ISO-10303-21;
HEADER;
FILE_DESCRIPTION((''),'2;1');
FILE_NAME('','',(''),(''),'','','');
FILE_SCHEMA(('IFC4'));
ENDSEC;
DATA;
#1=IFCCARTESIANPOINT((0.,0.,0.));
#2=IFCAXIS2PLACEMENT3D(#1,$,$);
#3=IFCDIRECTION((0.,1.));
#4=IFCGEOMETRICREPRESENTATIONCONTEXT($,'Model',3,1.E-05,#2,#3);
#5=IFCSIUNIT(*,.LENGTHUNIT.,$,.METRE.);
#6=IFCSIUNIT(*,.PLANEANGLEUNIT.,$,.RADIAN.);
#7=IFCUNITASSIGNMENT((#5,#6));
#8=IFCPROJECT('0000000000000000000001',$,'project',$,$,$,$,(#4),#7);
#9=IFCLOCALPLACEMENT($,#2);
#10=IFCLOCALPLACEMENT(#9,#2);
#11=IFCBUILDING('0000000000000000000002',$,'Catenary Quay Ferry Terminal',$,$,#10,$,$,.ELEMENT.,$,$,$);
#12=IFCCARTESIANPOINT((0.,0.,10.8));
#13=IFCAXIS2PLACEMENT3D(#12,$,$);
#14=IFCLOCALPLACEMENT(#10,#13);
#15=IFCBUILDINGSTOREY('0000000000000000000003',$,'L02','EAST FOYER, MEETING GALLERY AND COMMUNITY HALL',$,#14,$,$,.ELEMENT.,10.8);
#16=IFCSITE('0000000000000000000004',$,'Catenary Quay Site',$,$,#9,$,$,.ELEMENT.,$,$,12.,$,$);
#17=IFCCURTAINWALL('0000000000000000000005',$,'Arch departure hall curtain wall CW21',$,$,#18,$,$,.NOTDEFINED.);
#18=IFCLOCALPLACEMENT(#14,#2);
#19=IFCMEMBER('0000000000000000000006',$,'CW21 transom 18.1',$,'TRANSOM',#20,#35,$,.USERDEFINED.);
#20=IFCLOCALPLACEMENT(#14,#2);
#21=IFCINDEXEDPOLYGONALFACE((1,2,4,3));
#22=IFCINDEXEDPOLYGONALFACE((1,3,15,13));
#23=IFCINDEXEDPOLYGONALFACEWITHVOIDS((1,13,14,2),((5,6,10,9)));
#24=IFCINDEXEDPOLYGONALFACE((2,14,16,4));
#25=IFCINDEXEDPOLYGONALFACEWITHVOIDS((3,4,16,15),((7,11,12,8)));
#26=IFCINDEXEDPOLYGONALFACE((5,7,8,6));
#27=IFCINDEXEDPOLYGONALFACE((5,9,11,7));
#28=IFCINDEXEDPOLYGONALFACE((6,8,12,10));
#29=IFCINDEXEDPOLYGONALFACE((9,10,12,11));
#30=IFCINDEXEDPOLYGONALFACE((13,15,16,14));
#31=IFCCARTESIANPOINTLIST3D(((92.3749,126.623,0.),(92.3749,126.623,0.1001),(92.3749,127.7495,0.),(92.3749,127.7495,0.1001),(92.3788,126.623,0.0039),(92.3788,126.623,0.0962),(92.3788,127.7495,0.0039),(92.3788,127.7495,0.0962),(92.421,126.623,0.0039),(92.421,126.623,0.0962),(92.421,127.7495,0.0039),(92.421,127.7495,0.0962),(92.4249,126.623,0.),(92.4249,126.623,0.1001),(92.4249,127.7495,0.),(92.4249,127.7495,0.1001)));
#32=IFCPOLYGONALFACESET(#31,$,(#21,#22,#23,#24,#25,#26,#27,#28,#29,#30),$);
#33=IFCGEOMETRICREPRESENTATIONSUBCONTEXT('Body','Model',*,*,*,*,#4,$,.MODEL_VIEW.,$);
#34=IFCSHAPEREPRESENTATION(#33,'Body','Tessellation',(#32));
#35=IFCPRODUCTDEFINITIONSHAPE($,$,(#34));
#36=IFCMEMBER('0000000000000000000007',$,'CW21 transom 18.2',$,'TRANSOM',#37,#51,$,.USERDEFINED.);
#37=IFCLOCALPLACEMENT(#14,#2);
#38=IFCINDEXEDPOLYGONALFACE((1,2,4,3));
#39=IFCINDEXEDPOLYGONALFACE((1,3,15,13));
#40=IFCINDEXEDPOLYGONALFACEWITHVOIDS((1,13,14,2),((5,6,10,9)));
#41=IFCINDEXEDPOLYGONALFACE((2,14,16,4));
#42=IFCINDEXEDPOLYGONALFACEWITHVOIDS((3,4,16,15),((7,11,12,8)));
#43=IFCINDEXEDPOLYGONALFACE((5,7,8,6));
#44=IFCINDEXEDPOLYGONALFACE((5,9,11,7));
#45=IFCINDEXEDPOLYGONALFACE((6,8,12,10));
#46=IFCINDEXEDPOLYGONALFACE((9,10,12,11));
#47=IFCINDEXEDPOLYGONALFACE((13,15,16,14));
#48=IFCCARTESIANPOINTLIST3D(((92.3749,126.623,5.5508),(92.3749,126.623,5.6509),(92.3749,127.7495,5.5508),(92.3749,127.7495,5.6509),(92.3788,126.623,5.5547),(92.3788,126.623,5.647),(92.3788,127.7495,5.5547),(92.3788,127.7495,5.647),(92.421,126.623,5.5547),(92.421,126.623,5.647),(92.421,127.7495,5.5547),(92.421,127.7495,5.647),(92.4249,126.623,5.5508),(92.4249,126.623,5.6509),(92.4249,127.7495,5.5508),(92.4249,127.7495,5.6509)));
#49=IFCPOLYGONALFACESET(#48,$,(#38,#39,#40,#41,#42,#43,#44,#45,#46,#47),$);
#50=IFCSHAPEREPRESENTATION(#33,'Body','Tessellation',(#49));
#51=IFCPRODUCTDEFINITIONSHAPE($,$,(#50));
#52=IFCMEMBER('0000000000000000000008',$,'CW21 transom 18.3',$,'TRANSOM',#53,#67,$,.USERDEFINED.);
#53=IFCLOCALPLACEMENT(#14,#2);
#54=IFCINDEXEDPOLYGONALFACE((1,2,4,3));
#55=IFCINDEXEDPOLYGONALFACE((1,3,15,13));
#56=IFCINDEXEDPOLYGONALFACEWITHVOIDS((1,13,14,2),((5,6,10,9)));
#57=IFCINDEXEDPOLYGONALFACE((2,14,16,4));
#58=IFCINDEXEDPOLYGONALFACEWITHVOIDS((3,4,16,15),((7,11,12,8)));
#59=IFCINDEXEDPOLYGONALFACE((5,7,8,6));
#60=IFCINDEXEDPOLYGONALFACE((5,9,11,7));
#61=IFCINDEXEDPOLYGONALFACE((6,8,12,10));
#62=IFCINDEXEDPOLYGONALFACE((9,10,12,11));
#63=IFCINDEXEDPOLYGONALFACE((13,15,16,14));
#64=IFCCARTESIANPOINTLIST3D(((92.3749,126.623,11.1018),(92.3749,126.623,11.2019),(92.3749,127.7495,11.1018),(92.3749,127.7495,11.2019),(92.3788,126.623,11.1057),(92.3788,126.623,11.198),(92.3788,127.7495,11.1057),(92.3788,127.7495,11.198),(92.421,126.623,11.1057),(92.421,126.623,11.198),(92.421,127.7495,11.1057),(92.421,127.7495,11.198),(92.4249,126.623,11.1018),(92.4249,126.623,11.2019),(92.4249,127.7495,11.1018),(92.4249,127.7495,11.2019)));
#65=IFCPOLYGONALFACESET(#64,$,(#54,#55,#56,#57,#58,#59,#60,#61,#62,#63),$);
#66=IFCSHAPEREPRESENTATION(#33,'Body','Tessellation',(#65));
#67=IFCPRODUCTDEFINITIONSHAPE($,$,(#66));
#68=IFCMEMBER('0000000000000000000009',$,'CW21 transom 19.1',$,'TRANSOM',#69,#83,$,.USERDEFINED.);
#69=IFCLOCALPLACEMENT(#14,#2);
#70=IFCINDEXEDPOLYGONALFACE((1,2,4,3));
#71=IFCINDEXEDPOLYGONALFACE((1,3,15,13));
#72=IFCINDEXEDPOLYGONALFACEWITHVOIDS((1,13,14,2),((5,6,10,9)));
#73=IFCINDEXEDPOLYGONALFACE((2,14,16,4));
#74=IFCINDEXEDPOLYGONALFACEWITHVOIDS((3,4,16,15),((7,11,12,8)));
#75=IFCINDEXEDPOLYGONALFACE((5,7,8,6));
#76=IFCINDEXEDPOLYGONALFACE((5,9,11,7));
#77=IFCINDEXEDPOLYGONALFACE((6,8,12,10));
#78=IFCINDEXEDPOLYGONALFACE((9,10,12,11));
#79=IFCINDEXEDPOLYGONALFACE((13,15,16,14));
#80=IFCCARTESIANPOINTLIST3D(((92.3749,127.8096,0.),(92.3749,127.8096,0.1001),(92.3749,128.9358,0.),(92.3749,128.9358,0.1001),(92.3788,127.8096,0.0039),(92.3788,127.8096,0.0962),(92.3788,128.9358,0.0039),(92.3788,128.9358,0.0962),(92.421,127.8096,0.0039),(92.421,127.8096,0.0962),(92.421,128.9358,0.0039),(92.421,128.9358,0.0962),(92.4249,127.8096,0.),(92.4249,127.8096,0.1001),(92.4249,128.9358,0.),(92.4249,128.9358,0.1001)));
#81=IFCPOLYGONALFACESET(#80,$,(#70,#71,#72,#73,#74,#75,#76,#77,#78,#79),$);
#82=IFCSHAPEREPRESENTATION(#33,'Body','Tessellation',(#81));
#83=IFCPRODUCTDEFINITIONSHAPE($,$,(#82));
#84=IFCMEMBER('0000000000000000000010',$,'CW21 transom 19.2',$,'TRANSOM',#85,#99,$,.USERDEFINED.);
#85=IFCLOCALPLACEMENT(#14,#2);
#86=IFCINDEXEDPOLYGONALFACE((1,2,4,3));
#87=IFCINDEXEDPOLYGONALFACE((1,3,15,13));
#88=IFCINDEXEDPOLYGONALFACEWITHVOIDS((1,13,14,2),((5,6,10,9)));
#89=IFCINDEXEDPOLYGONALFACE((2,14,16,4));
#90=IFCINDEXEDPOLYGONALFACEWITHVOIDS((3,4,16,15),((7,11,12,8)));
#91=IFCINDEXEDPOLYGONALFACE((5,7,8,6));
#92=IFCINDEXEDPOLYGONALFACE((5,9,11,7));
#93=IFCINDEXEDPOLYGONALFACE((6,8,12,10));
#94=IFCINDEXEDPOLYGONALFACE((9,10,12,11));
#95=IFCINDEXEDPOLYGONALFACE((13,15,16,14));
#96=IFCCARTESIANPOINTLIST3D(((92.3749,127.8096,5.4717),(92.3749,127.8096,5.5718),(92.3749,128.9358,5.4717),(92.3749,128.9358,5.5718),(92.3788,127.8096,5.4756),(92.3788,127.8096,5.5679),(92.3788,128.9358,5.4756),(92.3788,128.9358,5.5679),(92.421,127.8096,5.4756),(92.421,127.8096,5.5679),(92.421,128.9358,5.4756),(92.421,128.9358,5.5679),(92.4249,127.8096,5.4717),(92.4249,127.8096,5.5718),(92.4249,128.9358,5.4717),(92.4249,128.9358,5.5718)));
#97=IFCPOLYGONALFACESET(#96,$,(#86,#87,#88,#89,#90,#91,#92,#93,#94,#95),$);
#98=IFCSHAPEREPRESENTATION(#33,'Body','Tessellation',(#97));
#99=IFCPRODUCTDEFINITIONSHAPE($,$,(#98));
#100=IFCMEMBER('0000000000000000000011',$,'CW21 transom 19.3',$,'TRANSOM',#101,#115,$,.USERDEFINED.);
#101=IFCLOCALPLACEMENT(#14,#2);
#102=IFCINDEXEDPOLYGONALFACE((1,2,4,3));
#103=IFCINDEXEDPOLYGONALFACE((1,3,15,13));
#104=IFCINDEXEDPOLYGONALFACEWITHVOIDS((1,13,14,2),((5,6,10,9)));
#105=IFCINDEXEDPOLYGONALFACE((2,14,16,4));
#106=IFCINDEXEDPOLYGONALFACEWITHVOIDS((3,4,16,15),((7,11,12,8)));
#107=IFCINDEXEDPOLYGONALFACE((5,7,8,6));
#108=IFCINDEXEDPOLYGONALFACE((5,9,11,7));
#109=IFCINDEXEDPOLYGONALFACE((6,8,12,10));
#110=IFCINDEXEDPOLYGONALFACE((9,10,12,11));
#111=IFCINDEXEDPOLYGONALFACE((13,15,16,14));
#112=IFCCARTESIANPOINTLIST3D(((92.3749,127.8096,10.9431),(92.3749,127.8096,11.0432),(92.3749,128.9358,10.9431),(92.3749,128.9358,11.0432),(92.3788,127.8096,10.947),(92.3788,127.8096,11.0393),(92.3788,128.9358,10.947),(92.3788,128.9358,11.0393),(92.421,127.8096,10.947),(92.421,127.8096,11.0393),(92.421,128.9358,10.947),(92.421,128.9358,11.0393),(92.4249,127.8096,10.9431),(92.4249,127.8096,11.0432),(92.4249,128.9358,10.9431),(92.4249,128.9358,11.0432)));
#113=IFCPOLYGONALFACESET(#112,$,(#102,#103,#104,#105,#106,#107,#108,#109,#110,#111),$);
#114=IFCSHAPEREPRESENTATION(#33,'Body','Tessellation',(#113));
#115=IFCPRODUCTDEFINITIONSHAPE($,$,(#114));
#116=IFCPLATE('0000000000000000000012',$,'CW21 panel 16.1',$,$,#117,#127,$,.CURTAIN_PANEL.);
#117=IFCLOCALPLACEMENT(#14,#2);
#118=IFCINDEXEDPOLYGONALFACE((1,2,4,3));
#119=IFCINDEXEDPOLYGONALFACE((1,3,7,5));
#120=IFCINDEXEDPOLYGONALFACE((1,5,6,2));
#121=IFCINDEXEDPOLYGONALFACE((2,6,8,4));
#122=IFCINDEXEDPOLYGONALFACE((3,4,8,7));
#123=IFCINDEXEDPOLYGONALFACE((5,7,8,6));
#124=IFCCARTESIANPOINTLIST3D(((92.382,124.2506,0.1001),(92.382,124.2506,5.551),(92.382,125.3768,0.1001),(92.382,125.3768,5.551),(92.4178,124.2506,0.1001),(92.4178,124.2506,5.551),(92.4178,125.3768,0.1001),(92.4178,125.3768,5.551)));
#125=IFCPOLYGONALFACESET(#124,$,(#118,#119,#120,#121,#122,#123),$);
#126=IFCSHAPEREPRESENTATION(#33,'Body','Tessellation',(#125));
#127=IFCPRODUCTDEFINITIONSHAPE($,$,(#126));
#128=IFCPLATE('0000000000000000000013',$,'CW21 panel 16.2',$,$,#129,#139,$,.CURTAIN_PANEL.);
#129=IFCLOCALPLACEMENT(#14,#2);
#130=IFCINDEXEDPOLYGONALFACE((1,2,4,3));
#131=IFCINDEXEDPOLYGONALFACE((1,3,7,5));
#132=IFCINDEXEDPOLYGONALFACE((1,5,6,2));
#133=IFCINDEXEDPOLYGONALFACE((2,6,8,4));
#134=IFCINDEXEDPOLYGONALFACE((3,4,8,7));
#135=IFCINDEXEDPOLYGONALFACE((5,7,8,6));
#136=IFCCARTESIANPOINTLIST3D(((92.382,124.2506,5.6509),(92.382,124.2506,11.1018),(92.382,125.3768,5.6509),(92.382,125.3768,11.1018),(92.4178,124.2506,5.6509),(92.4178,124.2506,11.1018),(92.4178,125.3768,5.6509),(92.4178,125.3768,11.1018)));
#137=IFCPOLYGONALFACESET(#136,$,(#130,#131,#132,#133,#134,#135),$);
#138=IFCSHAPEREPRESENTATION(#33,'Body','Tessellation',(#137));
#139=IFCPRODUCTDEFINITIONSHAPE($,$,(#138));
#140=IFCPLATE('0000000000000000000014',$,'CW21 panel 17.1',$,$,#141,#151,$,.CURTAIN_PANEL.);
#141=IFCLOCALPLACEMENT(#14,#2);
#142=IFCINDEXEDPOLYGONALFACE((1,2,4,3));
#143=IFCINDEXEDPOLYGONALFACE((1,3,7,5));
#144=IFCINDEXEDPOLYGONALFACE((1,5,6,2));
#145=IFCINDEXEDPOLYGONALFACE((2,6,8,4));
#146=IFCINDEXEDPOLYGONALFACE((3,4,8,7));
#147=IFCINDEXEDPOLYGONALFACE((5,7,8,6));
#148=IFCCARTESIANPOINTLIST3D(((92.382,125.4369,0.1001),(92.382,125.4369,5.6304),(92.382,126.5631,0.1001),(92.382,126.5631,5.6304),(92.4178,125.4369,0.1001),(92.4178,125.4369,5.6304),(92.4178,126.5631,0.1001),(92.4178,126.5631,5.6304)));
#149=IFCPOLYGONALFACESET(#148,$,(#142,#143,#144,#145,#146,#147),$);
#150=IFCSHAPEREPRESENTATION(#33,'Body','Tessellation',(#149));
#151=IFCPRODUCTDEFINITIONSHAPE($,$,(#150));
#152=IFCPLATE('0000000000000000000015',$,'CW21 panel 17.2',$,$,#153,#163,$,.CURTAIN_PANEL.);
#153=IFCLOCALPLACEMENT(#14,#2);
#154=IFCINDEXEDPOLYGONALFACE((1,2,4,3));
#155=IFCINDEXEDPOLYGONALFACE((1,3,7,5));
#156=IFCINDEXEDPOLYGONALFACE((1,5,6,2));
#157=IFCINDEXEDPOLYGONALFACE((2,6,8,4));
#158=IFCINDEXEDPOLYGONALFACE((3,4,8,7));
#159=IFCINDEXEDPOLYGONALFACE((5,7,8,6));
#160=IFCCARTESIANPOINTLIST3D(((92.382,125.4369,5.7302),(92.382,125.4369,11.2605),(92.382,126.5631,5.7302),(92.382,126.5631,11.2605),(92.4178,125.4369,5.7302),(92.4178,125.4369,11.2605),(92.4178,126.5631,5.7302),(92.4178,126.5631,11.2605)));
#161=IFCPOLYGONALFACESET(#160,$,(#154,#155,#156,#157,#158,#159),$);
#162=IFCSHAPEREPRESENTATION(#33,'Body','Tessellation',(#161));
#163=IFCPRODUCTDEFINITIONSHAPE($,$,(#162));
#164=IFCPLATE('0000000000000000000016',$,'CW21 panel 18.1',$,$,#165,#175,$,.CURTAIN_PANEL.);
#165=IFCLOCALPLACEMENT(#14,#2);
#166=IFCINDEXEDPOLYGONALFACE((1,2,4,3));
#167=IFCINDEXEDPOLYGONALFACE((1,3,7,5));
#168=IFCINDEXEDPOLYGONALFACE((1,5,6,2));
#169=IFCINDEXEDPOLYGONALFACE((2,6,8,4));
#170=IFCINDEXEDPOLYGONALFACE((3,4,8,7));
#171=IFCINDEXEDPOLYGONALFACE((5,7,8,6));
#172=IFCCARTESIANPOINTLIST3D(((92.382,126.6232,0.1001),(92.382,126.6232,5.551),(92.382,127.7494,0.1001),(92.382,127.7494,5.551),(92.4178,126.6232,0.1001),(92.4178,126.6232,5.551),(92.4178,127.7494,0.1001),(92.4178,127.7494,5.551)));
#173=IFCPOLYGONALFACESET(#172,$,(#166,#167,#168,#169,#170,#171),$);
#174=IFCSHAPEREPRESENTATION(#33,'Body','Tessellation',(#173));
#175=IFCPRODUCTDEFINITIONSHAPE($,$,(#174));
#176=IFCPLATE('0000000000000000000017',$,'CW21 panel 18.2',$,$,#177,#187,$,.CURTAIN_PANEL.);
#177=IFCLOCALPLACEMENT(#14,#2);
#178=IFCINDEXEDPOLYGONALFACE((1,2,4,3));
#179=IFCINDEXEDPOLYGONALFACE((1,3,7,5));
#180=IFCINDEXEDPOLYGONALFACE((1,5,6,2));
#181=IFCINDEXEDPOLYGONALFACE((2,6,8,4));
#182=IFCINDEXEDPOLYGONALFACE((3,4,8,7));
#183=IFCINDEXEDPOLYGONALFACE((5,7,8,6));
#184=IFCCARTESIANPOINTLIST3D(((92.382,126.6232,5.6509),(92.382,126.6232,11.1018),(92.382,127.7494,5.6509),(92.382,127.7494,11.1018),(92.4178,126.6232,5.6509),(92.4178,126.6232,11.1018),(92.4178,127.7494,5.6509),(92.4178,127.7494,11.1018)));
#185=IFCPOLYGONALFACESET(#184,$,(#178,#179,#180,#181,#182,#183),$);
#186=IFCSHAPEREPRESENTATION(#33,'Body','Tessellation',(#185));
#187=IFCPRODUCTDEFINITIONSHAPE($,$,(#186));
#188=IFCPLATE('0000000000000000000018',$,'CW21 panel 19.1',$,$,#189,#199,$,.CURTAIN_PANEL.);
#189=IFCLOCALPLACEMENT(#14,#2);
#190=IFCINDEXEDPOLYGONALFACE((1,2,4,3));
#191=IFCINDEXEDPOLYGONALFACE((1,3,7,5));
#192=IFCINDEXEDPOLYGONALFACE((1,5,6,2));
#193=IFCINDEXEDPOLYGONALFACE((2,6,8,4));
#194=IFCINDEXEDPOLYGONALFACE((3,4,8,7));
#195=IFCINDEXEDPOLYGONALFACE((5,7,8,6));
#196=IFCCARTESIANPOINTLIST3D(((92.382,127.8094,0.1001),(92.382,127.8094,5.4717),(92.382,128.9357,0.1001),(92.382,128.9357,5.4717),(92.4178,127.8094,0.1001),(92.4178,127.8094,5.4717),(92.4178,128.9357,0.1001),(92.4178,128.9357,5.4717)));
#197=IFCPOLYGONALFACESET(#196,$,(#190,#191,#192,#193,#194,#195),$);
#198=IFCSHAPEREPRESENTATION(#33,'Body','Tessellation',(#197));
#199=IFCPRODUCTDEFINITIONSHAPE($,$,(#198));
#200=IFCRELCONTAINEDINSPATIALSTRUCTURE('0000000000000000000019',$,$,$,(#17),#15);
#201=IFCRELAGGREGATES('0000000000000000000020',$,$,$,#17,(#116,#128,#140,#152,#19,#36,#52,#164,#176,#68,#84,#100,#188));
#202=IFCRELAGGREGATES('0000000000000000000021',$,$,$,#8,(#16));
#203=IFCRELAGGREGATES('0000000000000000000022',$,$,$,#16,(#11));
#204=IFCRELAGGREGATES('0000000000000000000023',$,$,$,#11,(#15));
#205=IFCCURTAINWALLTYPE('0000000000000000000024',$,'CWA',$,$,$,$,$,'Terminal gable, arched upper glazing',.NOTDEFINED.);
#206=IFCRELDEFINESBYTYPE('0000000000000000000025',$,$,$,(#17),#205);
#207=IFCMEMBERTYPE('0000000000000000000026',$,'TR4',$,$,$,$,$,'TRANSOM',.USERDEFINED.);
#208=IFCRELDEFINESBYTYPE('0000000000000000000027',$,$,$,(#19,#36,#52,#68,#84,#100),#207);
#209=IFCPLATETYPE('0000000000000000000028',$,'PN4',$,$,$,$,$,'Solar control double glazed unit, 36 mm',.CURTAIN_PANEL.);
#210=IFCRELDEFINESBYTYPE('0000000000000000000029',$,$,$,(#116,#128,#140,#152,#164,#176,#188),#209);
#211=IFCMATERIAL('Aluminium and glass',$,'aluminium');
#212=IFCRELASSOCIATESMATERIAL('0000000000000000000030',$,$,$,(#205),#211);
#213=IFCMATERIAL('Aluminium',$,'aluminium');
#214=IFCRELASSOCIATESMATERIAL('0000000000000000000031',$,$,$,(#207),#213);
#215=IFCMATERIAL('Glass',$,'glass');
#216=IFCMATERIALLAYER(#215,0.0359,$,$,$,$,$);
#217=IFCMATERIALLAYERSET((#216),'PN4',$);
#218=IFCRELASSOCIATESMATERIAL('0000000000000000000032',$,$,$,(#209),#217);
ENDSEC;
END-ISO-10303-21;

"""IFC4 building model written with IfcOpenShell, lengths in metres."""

from ifc_helpers import new_model, si_unit, direction, frame, origin, origin_2d, place, context, subcontext, project, spatial, rectangle, hollow_rectangle, extrude, material, layer, layer_set, material_profile, profile_set, type_object, element, aggregate, save


model = new_model("IFC4")

# Units and contexts
model_context = context("Model", 3, precision=1e-05, world=origin(), true_north=direction((0.0, 1.0)))
body_context = subcontext(model_context, "Body", "Model", "MODEL_VIEW")
ifc_project = project(units=[si_unit("LENGTHUNIT", "METRE"), si_unit("PLANEANGLEUNIT", "RADIAN")], contexts=[model_context])

# Site, building, storey
site_placement = place(None, origin())
site = spatial("IfcSite", under=ifc_project, at=site_placement, Name="Catenary Quay Site", CompositionType="ELEMENT", RefElevation=12.0)
building_placement = place(site_placement, origin())
building = spatial("IfcBuilding", under=site, at=building_placement, Name="Catenary Quay Ferry Terminal", CompositionType="ELEMENT")
storey_placement = place(building_placement, frame((0.0, 0.0, 10.8)))
storey = spatial("IfcBuildingStorey", under=building, at=storey_placement, Name="L02", Description="EAST FOYER, MEETING GALLERY AND COMMUNITY HALL", CompositionType="ELEMENT", Elevation=10.8)

# Curtain wall, members, plates
ifc_material_1 = material(Name="Aluminium and glass", Category="aluminium")
curtain_wall_type = type_object("IfcCurtainWallType", Name="CWA", ElementType="Terminal gable, arched upper glazing", PredefinedType="NOTDEFINED", material=ifc_material_1)
curtain_wall_placement = place(storey_placement, origin())
curtain_wall = element("IfcCurtainWall", 1, at=curtain_wall_placement, inside=storey, type_object=curtain_wall_type, Name="Arch departure hall curtain wall CW21", PredefinedType="NOTDEFINED")
ifc_material_2 = material(Name="Aluminium", Category="aluminium")
ifc_material_profile_1 = material_profile(ifc_material_2, hollow_rectangle(XDim=0.05, YDim=0.1001, WallThickness=0.0039, at=origin_2d()), Name="TR4")
ifc_profile_set_1 = profile_set([ifc_material_profile_1], Name="Aluminium")
member_type_1 = type_object("IfcMemberType", Name="TR4", ElementType="TRANSOM", PredefinedType="USERDEFINED", material=ifc_profile_set_1)
member_1_placement = place(storey_placement, frame((92.3999, 126.623, 0.05), z_axis=(0.0, 1.0, 0.0), x_axis=(-1.0, 0.0, 0.0)))
member_1 = element("IfcMember", 2, at=member_1_placement, type_object=member_type_1, Name="CW21 transom 18.1", ObjectType="TRANSOM", PredefinedType="USERDEFINED", context=body_context, shape_type="SweptSolid", body=[
    extrude(hollow_rectangle(XDim=0.05, YDim=0.1001, WallThickness=0.0039, at=origin_2d()), origin(), (0.0, 0.0, 1.0), 1.1265),
])
member_2_placement = place(storey_placement, frame((92.3999, 126.623, 5.6008), z_axis=(0.0, 1.0, 0.0), x_axis=(-1.0, 0.0, 0.0)))
member_2 = element("IfcMember", 3, at=member_2_placement, type_object=member_type_1, Name="CW21 transom 18.2", ObjectType="TRANSOM", PredefinedType="USERDEFINED", context=body_context, shape_type="SweptSolid", body=[
    extrude(hollow_rectangle(XDim=0.05, YDim=0.1001, WallThickness=0.0039, at=origin_2d()), origin(), (0.0, 0.0, 1.0), 1.1265),
])
member_3_placement = place(storey_placement, frame((92.3999, 126.623, 11.1519), z_axis=(0.0, 1.0, 0.0), x_axis=(-1.0, 0.0, 0.0)))
member_3 = element("IfcMember", 4, at=member_3_placement, type_object=member_type_1, Name="CW21 transom 18.3", ObjectType="TRANSOM", PredefinedType="USERDEFINED", context=body_context, shape_type="SweptSolid", body=[
    extrude(hollow_rectangle(XDim=0.05, YDim=0.1001, WallThickness=0.0039, at=origin_2d()), origin(), (0.0, 0.0, 1.0), 1.1265),
])
member_4_placement = place(storey_placement, frame((92.3999, 127.8096, 0.05), z_axis=(0.0, 1.0, 0.0), x_axis=(-1.0, 0.0, 0.0)))
member_4 = element("IfcMember", 5, at=member_4_placement, type_object=member_type_1, Name="CW21 transom 19.1", ObjectType="TRANSOM", PredefinedType="USERDEFINED", context=body_context, shape_type="SweptSolid", body=[
    extrude(hollow_rectangle(XDim=0.05, YDim=0.1001, WallThickness=0.0039, at=origin_2d()), origin(), (0.0, 0.0, 1.0), 1.1262),
])
member_5_placement = place(storey_placement, frame((92.3999, 127.8096, 5.5217), z_axis=(0.0, 1.0, 0.0), x_axis=(-1.0, 0.0, 0.0)))
member_5 = element("IfcMember", 6, at=member_5_placement, type_object=member_type_1, Name="CW21 transom 19.2", ObjectType="TRANSOM", PredefinedType="USERDEFINED", context=body_context, shape_type="SweptSolid", body=[
    extrude(hollow_rectangle(XDim=0.05, YDim=0.1001, WallThickness=0.0039, at=origin_2d()), origin(), (0.0, 0.0, 1.0), 1.1262),
])
member_6_placement = place(storey_placement, frame((92.3999, 127.8096, 10.9932), z_axis=(0.0, 1.0, 0.0), x_axis=(-1.0, 0.0, 0.0)))
member_6 = element("IfcMember", 7, at=member_6_placement, type_object=member_type_1, Name="CW21 transom 19.3", ObjectType="TRANSOM", PredefinedType="USERDEFINED", context=body_context, shape_type="SweptSolid", body=[
    extrude(hollow_rectangle(XDim=0.05, YDim=0.1001, WallThickness=0.0039, at=origin_2d()), origin(), (0.0, 0.0, 1.0), 1.1262),
])
ifc_material_3 = material(Name="Glass", Category="glass")
ifc_layer_1 = layer(ifc_material_3, 0.0359)
ifc_layer_set_1 = layer_set([ifc_layer_1], Name="PN4")
plate_type_1 = type_object("IfcPlateType", Name="PN4", ElementType="Solar control double glazed unit, 36 mm", PredefinedType="CURTAIN_PANEL", material=ifc_layer_set_1)
plate_1_placement = place(storey_placement, frame((92.3999, 124.8137, 0.1001), z_axis=(0.0, 0.0, 1.0), x_axis=(0.0, 1.0, 0.0)))
plate_1 = element("IfcPlate", 8, at=plate_1_placement, type_object=plate_type_1, Name="CW21 panel 16.1", PredefinedType="CURTAIN_PANEL", context=body_context, shape_type="SweptSolid", body=[
    extrude(rectangle(XDim=1.1262, YDim=0.0359, at=origin_2d()), origin(), (0.0, 0.0, 1.0), 5.4509),
])
plate_2_placement = place(storey_placement, frame((92.3999, 124.8137, 5.6509), z_axis=(0.0, 0.0, 1.0), x_axis=(0.0, 1.0, 0.0)))
plate_2 = element("IfcPlate", 9, at=plate_2_placement, type_object=plate_type_1, Name="CW21 panel 16.2", PredefinedType="CURTAIN_PANEL", context=body_context, shape_type="SweptSolid", body=[
    extrude(rectangle(XDim=1.1262, YDim=0.0359, at=origin_2d()), origin(), (0.0, 0.0, 1.0), 5.4509),
])
plate_3_placement = place(storey_placement, frame((92.3999, 126.0, 0.1001), z_axis=(0.0, 0.0, 1.0), x_axis=(0.0, 1.0, 0.0)))
plate_3 = element("IfcPlate", 10, at=plate_3_placement, type_object=plate_type_1, Name="CW21 panel 17.1", PredefinedType="CURTAIN_PANEL", context=body_context, shape_type="SweptSolid", body=[
    extrude(rectangle(XDim=1.1262, YDim=0.0359, at=origin_2d()), origin(), (0.0, 0.0, 1.0), 5.5303),
])
plate_4_placement = place(storey_placement, frame((92.3999, 126.0, 5.7302), z_axis=(0.0, 0.0, 1.0), x_axis=(0.0, 1.0, 0.0)))
plate_4 = element("IfcPlate", 11, at=plate_4_placement, type_object=plate_type_1, Name="CW21 panel 17.2", PredefinedType="CURTAIN_PANEL", context=body_context, shape_type="SweptSolid", body=[
    extrude(rectangle(XDim=1.1262, YDim=0.0359, at=origin_2d()), origin(), (0.0, 0.0, 1.0), 5.5303),
])
plate_5_placement = place(storey_placement, frame((92.3999, 127.1863, 0.1001), z_axis=(0.0, 0.0, 1.0), x_axis=(0.0, 1.0, 0.0)))
plate_5 = element("IfcPlate", 12, at=plate_5_placement, type_object=plate_type_1, Name="CW21 panel 18.1", PredefinedType="CURTAIN_PANEL", context=body_context, shape_type="SweptSolid", body=[
    extrude(rectangle(XDim=1.1262, YDim=0.0359, at=origin_2d()), origin(), (0.0, 0.0, 1.0), 5.4509),
])
plate_6_placement = place(storey_placement, frame((92.3999, 127.1863, 5.6509), z_axis=(0.0, 0.0, 1.0), x_axis=(0.0, 1.0, 0.0)))
plate_6 = element("IfcPlate", 13, at=plate_6_placement, type_object=plate_type_1, Name="CW21 panel 18.2", PredefinedType="CURTAIN_PANEL", context=body_context, shape_type="SweptSolid", body=[
    extrude(rectangle(XDim=1.1262, YDim=0.0359, at=origin_2d()), origin(), (0.0, 0.0, 1.0), 5.4509),
])
plate_7_placement = place(storey_placement, frame((92.3999, 128.3726, 0.1001), z_axis=(0.0, 0.0, 1.0), x_axis=(0.0, 1.0, 0.0)))
plate_7 = element("IfcPlate", 14, at=plate_7_placement, type_object=plate_type_1, Name="CW21 panel 19.1", PredefinedType="CURTAIN_PANEL", context=body_context, shape_type="SweptSolid", body=[
    extrude(rectangle(XDim=1.1262, YDim=0.0359, at=origin_2d()), origin(), (0.0, 0.0, 1.0), 5.3716),
])
aggregate(curtain_wall, [plate_1, plate_2, plate_3, plate_4, member_1, member_2, member_3, plate_5, plate_6, member_4, member_5, member_6, plate_7])

save(model, "model.ifc")
